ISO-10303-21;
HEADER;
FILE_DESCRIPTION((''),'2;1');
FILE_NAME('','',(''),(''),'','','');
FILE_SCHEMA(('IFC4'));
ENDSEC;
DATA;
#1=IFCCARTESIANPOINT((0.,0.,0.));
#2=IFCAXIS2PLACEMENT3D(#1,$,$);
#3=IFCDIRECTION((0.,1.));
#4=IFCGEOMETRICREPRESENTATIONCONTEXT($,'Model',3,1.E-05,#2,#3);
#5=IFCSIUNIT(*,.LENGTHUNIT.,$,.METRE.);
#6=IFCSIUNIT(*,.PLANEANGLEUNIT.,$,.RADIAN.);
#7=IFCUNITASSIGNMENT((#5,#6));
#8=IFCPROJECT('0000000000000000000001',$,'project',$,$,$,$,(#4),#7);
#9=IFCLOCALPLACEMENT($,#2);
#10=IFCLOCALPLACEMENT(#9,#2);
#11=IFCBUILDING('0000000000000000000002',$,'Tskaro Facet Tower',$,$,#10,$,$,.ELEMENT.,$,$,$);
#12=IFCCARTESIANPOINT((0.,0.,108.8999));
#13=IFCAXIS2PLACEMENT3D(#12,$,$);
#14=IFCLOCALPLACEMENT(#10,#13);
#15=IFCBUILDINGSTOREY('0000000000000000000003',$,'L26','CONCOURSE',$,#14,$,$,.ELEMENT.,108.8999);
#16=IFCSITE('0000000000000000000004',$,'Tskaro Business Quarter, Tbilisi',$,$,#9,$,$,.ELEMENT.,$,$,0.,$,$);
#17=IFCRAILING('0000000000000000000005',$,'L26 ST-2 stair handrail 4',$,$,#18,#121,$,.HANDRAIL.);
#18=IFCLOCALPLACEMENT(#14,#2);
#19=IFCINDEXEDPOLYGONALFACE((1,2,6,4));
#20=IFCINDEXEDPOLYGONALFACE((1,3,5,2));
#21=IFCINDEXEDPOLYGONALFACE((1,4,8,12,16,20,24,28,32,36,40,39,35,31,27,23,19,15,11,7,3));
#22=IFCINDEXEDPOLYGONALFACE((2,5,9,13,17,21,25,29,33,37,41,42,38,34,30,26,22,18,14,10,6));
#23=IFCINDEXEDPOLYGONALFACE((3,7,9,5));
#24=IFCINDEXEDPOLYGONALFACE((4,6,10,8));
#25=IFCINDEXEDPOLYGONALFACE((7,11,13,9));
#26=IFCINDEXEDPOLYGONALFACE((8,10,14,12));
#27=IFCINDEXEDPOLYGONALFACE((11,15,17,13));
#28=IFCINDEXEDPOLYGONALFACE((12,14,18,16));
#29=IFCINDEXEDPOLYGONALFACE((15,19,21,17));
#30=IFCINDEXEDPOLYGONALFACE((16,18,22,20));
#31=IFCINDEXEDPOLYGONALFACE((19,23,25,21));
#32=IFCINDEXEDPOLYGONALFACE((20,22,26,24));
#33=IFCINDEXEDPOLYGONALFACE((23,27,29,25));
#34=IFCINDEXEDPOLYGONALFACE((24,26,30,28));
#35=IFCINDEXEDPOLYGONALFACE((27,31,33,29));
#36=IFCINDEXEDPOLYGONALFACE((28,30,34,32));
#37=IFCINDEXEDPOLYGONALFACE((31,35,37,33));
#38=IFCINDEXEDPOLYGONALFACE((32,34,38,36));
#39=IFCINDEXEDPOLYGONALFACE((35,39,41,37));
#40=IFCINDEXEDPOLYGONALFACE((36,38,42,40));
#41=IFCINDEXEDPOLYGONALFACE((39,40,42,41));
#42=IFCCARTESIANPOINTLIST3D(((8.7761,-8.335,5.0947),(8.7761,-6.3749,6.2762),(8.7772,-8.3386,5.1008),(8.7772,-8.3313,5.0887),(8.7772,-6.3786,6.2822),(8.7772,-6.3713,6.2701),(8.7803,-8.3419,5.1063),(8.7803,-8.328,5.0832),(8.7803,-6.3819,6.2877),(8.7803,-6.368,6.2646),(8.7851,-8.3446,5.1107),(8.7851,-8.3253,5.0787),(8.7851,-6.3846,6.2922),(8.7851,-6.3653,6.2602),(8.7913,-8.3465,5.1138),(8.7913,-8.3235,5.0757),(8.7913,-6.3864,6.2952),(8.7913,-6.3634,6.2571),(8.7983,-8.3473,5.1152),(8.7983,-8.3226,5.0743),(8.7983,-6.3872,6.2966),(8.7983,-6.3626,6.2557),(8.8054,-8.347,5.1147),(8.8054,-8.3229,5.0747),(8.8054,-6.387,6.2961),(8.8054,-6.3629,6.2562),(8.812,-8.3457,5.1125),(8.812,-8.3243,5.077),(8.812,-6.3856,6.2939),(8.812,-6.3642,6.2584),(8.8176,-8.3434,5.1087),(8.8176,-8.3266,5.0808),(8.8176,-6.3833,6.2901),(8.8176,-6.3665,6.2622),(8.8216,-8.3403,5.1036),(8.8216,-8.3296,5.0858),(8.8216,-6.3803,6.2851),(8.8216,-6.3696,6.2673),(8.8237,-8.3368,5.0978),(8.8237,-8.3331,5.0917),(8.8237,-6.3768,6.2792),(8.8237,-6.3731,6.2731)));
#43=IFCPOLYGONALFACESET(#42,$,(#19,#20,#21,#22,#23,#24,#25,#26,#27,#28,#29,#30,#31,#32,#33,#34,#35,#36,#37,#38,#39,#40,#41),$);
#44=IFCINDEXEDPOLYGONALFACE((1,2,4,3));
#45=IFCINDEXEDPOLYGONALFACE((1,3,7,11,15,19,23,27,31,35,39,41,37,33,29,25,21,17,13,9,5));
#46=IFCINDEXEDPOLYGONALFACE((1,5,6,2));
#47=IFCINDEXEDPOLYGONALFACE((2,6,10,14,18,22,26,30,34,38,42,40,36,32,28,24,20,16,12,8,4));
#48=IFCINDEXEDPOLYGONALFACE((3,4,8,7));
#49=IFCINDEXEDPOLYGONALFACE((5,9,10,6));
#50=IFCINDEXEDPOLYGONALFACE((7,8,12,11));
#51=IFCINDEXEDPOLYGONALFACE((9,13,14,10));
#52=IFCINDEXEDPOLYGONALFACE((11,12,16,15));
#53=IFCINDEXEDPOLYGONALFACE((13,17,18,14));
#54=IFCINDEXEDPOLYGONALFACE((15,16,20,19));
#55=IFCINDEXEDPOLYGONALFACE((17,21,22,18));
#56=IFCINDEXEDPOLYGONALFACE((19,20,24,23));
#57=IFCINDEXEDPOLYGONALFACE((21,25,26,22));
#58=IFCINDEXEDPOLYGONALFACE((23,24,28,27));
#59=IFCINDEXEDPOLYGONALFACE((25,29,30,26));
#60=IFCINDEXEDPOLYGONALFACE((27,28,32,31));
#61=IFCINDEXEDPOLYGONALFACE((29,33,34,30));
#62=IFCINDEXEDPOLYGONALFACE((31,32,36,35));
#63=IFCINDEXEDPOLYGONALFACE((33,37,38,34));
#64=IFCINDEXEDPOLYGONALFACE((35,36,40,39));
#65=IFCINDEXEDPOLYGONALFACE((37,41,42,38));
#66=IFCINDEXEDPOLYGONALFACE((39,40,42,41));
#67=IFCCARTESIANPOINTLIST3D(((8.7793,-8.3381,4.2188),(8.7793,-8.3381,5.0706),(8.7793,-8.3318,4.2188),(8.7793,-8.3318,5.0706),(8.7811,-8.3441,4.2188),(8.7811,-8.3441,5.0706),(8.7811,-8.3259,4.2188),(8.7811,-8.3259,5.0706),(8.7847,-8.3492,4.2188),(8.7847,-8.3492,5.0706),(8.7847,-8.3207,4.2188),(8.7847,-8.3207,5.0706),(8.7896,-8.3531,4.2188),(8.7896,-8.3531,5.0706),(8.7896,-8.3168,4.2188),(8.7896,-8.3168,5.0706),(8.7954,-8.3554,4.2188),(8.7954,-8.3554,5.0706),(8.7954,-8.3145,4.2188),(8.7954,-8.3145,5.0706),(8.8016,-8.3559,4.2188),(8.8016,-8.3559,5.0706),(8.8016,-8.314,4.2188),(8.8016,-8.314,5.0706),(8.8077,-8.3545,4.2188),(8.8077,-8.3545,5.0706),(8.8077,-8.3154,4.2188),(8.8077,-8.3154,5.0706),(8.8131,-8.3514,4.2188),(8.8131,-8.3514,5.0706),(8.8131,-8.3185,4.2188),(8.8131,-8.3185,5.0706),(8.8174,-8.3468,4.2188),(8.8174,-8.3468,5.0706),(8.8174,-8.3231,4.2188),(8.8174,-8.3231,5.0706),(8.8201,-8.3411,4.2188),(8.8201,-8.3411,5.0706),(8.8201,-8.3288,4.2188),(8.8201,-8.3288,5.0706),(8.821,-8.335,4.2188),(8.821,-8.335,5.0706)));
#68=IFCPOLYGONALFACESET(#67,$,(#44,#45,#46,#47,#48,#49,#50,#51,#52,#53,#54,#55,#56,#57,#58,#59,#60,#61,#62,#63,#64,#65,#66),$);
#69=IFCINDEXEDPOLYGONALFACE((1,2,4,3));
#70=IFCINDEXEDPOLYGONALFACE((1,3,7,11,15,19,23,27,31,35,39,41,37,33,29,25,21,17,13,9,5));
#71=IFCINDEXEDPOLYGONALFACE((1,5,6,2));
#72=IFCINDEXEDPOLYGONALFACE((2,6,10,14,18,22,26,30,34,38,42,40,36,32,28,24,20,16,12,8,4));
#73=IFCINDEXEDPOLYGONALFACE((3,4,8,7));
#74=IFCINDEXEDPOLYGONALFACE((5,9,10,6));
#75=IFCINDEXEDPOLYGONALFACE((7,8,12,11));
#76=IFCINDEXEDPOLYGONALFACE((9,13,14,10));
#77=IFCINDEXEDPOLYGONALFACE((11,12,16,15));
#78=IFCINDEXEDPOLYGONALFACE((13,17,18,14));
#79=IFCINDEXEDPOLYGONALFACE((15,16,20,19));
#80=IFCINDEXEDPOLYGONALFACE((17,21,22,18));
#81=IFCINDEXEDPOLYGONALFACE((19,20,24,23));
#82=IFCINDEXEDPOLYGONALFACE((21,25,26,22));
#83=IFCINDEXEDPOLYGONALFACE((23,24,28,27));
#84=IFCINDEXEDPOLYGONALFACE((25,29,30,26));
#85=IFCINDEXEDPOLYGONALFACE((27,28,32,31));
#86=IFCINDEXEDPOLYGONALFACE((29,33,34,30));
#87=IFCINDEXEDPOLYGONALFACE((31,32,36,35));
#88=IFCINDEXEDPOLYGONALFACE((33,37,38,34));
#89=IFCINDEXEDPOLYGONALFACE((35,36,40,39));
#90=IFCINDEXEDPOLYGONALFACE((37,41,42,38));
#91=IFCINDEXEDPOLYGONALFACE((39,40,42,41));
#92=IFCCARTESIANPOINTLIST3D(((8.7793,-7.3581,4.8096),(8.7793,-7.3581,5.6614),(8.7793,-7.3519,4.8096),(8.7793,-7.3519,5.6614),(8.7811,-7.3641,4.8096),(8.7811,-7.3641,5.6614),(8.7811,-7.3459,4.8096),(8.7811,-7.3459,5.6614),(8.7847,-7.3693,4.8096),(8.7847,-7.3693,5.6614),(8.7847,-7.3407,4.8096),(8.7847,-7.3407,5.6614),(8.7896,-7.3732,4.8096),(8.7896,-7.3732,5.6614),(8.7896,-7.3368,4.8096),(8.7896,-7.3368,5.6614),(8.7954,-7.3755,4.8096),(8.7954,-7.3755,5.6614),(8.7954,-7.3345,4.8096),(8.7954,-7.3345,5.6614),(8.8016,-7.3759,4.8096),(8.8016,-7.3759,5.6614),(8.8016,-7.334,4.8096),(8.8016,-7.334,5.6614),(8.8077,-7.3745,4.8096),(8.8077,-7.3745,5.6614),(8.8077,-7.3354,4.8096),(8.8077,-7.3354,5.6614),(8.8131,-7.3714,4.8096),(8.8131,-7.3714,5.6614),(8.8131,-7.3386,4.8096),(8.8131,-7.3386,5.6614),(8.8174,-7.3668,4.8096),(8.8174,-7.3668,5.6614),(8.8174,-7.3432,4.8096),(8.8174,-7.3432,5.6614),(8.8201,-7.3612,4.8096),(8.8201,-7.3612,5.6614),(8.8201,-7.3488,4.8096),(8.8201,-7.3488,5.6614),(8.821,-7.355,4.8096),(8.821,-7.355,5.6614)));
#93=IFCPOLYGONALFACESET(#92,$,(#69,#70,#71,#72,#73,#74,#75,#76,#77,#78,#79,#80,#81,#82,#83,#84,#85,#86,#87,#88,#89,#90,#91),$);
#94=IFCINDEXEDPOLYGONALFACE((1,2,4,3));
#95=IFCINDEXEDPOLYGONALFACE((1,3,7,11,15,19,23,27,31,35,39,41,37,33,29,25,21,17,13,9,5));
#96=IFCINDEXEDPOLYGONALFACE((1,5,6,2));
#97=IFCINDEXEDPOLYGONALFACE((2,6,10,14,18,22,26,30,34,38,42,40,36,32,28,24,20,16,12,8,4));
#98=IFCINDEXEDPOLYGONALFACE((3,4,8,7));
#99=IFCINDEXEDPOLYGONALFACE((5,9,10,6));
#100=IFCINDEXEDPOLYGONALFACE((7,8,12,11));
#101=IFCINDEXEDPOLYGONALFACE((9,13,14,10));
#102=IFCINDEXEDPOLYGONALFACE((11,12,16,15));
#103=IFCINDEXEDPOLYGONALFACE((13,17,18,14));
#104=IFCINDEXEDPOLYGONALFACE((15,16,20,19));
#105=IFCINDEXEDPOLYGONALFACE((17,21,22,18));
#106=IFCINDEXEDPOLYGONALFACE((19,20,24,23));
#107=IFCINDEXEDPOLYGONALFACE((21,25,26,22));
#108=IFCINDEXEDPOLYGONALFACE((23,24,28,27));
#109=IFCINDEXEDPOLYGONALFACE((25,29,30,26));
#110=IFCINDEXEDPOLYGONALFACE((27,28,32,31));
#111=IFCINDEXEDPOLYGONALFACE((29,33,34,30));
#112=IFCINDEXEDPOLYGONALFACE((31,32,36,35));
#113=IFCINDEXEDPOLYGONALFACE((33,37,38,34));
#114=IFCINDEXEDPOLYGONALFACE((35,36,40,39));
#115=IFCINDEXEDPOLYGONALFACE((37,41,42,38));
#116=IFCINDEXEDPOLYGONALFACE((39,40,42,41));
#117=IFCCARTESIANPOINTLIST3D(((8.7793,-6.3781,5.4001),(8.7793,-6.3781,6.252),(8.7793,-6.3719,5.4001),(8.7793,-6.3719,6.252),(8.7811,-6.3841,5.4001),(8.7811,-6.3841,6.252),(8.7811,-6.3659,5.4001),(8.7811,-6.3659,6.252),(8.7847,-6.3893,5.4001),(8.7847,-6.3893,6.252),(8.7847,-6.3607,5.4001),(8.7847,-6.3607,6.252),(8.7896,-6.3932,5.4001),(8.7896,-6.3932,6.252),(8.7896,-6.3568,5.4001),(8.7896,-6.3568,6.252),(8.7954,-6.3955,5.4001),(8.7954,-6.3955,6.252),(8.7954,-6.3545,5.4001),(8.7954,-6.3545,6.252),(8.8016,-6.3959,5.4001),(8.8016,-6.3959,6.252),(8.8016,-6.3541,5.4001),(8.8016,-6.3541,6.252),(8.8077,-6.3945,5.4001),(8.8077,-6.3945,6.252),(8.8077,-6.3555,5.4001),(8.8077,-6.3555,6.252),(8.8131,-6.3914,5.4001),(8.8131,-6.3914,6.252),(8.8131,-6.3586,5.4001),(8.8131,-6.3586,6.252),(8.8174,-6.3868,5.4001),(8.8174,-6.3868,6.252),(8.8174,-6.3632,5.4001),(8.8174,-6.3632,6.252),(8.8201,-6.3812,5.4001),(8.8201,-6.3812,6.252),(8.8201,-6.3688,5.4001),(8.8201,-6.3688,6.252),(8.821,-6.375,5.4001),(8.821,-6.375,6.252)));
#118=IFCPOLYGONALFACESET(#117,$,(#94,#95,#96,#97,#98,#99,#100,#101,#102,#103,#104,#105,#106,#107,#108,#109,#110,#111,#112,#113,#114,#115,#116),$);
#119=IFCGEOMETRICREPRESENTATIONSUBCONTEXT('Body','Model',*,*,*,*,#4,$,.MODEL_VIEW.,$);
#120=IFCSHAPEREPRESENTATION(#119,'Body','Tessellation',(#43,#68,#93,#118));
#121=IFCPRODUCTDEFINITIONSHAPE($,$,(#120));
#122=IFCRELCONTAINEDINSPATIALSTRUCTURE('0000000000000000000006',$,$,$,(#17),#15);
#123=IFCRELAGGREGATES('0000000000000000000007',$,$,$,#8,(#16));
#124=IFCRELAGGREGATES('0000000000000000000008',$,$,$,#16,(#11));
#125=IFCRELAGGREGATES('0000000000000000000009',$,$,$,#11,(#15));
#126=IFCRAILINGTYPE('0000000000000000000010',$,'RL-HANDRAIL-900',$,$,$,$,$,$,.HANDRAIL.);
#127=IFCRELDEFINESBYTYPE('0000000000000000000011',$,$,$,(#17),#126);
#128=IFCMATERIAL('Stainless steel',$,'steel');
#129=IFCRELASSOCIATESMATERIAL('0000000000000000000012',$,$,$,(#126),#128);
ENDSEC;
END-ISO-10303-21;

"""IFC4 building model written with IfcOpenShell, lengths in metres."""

from ifc_helpers import new_model, si_unit, direction, frame, origin, origin_2d, place, context, subcontext, project, spatial, circle, extrude, material, type_object, element, save


model = new_model("IFC4")

# Units and contexts
model_context = context("Model", 3, precision=1e-05, world=origin(), true_north=direction((0.0, 1.0)))
body_context = subcontext(model_context, "Body", "Model", "MODEL_VIEW")
ifc_project = project(units=[si_unit("LENGTHUNIT", "METRE"), si_unit("PLANEANGLEUNIT", "RADIAN")], contexts=[model_context])

# Site, building, storey
site_placement = place(None, origin())
site = spatial("IfcSite", under=ifc_project, at=site_placement, Name="Tskaro Business Quarter, Tbilisi", CompositionType="ELEMENT", RefElevation=0.0)
building_placement = place(site_placement, origin())
building = spatial("IfcBuilding", under=site, at=building_placement, Name="Tskaro Facet Tower", CompositionType="ELEMENT")
storey_placement = place(building_placement, frame((0.0, 0.0, 108.8999)))
storey = spatial("IfcBuildingStorey", under=building, at=storey_placement, Name="L26", Description="CONCOURSE", CompositionType="ELEMENT", Elevation=108.8999)

# Shared definitions
ifc_material_1 = material(Name="Stainless steel", Category="steel")

# Railing
railing_type_1 = type_object("IfcRailingType", Name="RL-HANDRAIL-900", PredefinedType="HANDRAIL", material=ifc_material_1)
railing_1_placement = place(storey_placement, frame((8.8, -8.335, 4.2188)))
element("IfcRailing", 1, at=railing_1_placement, inside=storey, type_object=railing_type_1, Name="L26 ST-2 stair handrail 4", PredefinedType="HANDRAIL", context=body_context, shape_type="SweptSolid", body=[
    extrude(circle(Radius=0.0239, at=origin_2d()), frame((0.0, 0.0, 0.876), z_axis=(0.0, 0.856446, 0.516236), x_axis=(-1.0, 0.0, 0.0)), (0.0, 0.0, 1.0), 2.2886),
    extrude(circle(Radius=0.021, at=origin_2d()), origin(), (0.0, 0.0, 1.0), 0.8518),
    extrude(circle(Radius=0.021, at=origin_2d()), frame((0.0, 0.98, 0.5908)), (0.0, 0.0, 1.0), 0.8518),
    extrude(circle(Radius=0.021, at=origin_2d()), frame((0.0, 1.96, 1.1814)), (0.0, 0.0, 1.0), 0.8518),
])

save(model, "model.ifc")
